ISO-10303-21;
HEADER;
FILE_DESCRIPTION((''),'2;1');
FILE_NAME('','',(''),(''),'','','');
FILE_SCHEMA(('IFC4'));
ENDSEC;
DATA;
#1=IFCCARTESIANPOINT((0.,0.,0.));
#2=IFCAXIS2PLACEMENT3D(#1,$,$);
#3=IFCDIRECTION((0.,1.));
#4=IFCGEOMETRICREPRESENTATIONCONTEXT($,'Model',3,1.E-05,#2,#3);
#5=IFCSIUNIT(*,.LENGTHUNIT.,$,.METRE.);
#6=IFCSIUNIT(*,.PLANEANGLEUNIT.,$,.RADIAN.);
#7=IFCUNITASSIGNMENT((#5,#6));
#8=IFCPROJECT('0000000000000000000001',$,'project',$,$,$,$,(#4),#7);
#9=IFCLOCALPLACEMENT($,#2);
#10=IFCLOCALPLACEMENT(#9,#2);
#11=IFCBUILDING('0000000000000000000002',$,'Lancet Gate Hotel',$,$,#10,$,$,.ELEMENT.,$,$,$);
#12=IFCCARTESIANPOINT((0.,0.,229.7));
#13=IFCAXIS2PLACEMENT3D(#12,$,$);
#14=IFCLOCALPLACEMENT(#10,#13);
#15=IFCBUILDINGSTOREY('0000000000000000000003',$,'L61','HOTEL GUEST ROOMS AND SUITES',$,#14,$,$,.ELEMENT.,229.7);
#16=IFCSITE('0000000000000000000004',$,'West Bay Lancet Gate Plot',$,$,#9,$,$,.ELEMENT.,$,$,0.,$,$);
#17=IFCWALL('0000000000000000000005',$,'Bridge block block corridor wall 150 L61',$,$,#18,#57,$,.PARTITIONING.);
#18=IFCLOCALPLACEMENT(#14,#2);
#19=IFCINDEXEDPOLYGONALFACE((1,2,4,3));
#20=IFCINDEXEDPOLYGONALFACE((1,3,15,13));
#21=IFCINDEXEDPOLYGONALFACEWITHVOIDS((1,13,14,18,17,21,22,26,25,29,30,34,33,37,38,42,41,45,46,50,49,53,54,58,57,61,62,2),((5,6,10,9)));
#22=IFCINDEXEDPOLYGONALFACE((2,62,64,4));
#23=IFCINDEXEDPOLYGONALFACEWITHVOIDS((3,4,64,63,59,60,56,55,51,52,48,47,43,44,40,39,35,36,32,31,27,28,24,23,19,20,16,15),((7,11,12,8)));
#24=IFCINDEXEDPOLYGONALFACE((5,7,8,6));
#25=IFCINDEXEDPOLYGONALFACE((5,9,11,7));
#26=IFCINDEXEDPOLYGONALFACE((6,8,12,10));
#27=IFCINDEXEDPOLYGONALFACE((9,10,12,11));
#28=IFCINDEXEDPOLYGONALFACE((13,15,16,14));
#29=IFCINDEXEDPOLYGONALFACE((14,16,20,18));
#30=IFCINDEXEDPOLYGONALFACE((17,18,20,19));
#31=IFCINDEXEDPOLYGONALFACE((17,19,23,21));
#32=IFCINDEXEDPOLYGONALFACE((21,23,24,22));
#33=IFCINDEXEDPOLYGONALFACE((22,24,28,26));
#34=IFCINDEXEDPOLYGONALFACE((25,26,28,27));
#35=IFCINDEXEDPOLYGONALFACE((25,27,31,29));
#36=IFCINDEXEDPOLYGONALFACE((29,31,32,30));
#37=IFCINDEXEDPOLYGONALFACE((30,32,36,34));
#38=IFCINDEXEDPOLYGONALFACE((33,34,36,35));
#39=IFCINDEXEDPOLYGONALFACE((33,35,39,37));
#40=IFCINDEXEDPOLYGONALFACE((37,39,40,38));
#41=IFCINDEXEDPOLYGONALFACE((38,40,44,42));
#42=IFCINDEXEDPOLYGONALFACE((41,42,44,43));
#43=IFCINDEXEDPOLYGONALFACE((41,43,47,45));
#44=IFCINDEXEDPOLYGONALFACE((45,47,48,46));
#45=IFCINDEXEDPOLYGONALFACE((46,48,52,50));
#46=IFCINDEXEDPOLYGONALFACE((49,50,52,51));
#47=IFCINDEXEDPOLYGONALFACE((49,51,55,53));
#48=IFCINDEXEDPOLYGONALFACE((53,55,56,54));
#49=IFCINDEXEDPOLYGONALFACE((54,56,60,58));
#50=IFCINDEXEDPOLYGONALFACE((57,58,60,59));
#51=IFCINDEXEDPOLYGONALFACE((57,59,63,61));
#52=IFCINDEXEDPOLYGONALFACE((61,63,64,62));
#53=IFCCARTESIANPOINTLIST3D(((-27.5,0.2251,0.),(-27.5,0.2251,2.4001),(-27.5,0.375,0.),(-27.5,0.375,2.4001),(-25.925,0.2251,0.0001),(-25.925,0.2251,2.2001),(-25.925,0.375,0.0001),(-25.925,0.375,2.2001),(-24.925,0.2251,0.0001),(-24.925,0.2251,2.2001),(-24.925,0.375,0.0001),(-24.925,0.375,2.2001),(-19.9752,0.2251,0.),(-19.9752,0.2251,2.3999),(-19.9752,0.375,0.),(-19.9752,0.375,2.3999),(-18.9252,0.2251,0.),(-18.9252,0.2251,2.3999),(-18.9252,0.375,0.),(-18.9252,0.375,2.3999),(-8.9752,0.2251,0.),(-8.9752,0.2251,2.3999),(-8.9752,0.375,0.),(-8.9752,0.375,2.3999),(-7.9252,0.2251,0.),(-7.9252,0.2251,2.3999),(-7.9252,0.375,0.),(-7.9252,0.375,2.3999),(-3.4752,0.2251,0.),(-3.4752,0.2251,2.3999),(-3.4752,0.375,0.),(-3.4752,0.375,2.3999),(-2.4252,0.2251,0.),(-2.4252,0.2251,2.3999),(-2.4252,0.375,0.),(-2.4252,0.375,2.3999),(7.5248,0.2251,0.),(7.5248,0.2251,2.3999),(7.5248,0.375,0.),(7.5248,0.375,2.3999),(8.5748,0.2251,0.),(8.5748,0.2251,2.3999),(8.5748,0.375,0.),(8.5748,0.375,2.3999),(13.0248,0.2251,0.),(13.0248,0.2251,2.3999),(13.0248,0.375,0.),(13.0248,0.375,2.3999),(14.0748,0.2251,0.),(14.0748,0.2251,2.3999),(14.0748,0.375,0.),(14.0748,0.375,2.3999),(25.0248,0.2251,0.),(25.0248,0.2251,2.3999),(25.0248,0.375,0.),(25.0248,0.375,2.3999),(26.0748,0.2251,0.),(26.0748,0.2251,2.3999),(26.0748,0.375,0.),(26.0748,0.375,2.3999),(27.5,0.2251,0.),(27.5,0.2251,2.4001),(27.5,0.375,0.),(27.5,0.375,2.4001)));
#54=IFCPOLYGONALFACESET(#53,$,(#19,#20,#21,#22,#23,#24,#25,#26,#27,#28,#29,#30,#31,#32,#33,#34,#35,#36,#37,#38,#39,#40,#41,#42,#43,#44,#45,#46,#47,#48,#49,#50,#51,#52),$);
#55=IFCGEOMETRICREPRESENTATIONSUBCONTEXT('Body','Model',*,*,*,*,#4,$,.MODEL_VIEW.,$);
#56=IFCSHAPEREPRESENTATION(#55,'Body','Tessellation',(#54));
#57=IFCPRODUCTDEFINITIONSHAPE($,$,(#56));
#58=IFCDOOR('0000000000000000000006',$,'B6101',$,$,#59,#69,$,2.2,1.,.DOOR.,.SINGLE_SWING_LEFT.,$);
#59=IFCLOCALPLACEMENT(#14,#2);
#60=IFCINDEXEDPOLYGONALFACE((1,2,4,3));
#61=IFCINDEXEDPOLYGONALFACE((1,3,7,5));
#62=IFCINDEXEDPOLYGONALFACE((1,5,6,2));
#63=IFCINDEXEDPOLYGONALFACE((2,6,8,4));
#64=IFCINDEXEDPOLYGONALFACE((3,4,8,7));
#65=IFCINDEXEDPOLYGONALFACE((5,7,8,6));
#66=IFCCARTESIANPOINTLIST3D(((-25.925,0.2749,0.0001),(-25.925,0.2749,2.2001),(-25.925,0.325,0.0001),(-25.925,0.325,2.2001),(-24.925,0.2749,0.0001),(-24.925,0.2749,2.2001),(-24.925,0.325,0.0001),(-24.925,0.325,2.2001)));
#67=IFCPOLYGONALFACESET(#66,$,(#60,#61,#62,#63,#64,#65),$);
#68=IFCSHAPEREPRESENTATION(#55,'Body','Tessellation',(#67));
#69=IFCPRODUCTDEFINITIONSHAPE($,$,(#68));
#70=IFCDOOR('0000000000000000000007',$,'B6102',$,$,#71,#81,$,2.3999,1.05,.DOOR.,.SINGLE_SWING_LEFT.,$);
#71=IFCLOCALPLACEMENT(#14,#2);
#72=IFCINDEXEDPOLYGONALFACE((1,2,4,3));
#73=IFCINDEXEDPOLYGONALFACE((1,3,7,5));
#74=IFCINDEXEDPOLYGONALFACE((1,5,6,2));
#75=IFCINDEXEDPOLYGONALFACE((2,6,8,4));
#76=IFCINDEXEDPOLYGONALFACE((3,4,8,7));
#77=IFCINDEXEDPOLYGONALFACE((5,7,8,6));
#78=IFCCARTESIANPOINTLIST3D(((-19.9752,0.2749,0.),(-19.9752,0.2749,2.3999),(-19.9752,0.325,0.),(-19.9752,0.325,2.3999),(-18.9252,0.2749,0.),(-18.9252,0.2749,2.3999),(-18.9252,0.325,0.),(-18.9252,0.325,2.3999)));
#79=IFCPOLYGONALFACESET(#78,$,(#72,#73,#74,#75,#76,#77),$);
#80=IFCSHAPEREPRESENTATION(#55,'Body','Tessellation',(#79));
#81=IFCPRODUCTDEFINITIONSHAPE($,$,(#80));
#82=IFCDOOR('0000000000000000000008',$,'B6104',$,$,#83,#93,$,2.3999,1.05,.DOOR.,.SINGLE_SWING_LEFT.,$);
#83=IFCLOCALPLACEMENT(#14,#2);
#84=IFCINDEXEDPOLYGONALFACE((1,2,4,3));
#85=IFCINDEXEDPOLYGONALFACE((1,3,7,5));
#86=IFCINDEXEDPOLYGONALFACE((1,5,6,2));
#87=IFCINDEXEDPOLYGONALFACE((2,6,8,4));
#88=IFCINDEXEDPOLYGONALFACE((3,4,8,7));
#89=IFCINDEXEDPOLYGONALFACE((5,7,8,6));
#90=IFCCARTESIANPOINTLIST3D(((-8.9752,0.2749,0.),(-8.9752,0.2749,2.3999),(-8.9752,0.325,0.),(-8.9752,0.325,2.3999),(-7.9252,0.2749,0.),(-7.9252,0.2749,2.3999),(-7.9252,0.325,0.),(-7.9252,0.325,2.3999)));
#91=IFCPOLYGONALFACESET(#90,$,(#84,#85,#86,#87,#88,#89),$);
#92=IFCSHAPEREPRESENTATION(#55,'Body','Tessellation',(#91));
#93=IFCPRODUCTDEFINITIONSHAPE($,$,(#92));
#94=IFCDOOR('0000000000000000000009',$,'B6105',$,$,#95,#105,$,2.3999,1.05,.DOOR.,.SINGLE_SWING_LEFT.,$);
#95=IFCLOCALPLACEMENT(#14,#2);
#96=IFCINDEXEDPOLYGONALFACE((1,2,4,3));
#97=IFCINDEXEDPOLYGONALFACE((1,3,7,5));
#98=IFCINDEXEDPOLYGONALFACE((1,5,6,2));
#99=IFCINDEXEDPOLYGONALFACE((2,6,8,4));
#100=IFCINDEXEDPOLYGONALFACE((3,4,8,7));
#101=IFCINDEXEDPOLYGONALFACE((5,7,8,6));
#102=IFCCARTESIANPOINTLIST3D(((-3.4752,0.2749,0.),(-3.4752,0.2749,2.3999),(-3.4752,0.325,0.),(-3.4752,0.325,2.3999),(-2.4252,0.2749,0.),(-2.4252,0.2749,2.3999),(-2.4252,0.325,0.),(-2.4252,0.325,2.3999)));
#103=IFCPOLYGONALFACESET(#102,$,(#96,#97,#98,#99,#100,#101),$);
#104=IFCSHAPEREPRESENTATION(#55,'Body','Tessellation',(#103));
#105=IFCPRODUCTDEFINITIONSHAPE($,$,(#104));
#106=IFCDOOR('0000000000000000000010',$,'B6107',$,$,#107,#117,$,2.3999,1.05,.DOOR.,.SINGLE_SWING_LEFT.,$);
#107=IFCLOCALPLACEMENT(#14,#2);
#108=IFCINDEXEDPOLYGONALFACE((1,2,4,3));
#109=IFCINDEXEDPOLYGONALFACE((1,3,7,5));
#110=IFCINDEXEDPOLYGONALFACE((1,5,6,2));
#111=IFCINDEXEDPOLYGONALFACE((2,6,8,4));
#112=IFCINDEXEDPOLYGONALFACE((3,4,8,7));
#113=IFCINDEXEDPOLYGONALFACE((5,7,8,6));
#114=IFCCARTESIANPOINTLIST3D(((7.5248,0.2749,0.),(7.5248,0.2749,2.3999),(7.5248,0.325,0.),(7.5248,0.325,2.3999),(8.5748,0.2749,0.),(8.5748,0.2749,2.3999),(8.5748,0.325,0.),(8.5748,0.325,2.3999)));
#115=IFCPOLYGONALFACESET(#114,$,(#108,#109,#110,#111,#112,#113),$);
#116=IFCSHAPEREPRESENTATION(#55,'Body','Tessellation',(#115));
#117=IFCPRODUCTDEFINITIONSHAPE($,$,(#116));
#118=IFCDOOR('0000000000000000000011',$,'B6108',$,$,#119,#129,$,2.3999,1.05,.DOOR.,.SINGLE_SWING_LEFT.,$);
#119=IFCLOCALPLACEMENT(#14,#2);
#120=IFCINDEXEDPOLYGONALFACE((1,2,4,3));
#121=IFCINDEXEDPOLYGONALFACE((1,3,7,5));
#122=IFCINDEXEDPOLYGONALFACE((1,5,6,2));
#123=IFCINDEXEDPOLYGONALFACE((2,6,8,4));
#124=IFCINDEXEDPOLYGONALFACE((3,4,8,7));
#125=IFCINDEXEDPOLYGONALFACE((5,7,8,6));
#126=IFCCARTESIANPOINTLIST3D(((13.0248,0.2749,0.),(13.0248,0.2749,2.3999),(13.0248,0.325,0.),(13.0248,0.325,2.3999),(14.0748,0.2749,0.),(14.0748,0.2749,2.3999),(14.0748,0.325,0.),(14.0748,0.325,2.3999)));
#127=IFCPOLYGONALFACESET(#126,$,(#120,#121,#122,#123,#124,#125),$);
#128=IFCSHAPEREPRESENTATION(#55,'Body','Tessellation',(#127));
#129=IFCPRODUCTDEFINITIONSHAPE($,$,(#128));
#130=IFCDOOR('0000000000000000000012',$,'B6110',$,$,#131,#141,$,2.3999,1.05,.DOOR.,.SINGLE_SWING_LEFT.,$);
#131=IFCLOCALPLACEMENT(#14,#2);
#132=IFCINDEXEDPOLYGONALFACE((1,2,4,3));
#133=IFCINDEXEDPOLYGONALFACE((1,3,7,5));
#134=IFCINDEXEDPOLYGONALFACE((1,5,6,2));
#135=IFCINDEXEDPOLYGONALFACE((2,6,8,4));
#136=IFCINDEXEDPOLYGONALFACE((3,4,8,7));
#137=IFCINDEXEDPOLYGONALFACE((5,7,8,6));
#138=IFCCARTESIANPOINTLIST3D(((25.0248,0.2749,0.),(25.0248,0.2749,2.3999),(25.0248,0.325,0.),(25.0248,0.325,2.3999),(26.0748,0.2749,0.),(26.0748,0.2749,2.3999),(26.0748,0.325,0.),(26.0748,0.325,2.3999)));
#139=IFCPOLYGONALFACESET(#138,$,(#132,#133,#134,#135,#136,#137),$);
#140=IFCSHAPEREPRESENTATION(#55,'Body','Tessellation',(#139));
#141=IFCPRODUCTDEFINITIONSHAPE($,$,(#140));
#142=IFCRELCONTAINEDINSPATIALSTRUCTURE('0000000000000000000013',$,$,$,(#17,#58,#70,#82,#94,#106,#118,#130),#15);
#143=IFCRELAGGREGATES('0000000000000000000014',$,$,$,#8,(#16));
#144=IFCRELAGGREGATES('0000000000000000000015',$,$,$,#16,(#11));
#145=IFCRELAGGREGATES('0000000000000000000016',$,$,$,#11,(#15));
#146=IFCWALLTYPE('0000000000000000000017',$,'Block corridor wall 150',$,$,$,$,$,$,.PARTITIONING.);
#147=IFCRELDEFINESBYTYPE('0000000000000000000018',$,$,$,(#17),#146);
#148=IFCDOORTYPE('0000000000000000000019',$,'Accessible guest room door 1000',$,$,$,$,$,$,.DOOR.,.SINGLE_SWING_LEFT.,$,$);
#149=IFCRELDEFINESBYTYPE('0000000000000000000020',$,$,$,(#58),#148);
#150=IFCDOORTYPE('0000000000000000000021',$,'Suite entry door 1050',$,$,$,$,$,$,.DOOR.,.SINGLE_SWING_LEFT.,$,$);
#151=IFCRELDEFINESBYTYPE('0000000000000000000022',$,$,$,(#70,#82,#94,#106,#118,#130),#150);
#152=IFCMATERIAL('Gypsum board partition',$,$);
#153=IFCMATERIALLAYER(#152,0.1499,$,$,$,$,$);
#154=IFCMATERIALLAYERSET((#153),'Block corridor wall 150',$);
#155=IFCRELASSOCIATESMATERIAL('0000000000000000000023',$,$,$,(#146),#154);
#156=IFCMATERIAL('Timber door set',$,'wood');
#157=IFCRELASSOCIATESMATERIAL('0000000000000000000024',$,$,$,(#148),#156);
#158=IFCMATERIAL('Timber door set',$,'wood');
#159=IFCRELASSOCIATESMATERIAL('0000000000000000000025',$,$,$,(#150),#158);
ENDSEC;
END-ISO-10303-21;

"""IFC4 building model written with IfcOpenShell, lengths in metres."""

from ifc_helpers import new_model, si_unit, direction, frame, frame_2d, origin, place, context, subcontext, project, spatial, rectangle, extrude, material, layer, layer_set, type_object, element, fill, save


model = new_model("IFC4")

# Units and contexts
model_context = context("Model", 3, precision=1e-05, world=origin(), true_north=direction((0.0, 1.0)))
body_context = subcontext(model_context, "Body", "Model", "MODEL_VIEW")
ifc_project = project(units=[si_unit("LENGTHUNIT", "METRE"), si_unit("PLANEANGLEUNIT", "RADIAN")], contexts=[model_context])

# Site, building, storey
site_placement = place(None, origin())
site = spatial("IfcSite", under=ifc_project, at=site_placement, Name="West Bay Lancet Gate Plot", CompositionType="ELEMENT", RefElevation=0.0)
building_placement = place(site_placement, origin())
building = spatial("IfcBuilding", under=site, at=building_placement, Name="Lancet Gate Hotel", CompositionType="ELEMENT")
storey_placement = place(building_placement, frame((0.0, 0.0, 229.7)))
storey = spatial("IfcBuildingStorey", under=building, at=storey_placement, Name="L61", Description="HOTEL GUEST ROOMS AND SUITES", CompositionType="ELEMENT", Elevation=229.7)

# Wall, openings, doors
ifc_material_1 = material(Name="Gypsum board partition")
ifc_layer_1 = layer(ifc_material_1, 0.1499)
ifc_layer_set_1 = layer_set([ifc_layer_1], Name="Block corridor wall 150")
wall_type_1 = type_object("IfcWallType", Name="Block corridor wall 150", PredefinedType="PARTITIONING", material=ifc_layer_set_1)
wall_1_placement = place(storey_placement, frame((-27.5, 0.3, 0.0), z_axis=(0.0, 0.0, 1.0), x_axis=(1.0, 0.0, 0.0)))
wall_1 = element("IfcWall", 1, at=wall_1_placement, inside=storey, type_object=wall_type_1, Name="Bridge block block corridor wall 150 L61", PredefinedType="PARTITIONING", context=body_context, shape_type="SweptSolid", body=[
    extrude(rectangle(XDim=55.0, YDim=0.1499, at=frame_2d((27.5, 0.0))), origin(), (0.0, 0.0, 1.0), 2.4001),
])
opening_1_placement = place(wall_1_placement, frame((1.575, 0.0, 0.0)))
opening_1 = element("IfcOpeningElement", 2, at=opening_1_placement, cuts=wall_1, PredefinedType="OPENING", context=body_context, shape_type="SweptSolid", body=[
    extrude(rectangle(XDim=1.0, YDim=2.2, at=frame_2d((0.5, 1.1001))), frame((0.0, 0.085, 0.0), z_axis=(0.0, -1.0, 0.0), x_axis=(1.0, 0.0, 0.0)), (0.0, 0.0, 1.0), 0.1699),
])
opening_2_placement = place(wall_1_placement, frame((7.5249, 0.0, 0.0)))
opening_2 = element("IfcOpeningElement", 3, at=opening_2_placement, cuts=wall_1, PredefinedType="OPENING", context=body_context, shape_type="SweptSolid", body=[
    extrude(rectangle(XDim=1.05, YDim=2.3999, at=frame_2d((0.5249, 1.2))), frame((0.0, 0.085, 0.0), z_axis=(0.0, -1.0, 0.0), x_axis=(1.0, 0.0, 0.0)), (0.0, 0.0, 1.0), 0.1699),
])
opening_3_placement = place(wall_1_placement, frame((18.5249, 0.0, 0.0)))
opening_3 = element("IfcOpeningElement", 4, at=opening_3_placement, cuts=wall_1, PredefinedType="OPENING", context=body_context, shape_type="SweptSolid", body=[
    extrude(rectangle(XDim=1.05, YDim=2.3999, at=frame_2d((0.5249, 1.2))), frame((0.0, 0.085, 0.0), z_axis=(0.0, -1.0, 0.0), x_axis=(1.0, 0.0, 0.0)), (0.0, 0.0, 1.0), 0.1699),
])
opening_4_placement = place(wall_1_placement, frame((24.0249, 0.0, 0.0)))
opening_4 = element("IfcOpeningElement", 5, at=opening_4_placement, cuts=wall_1, PredefinedType="OPENING", context=body_context, shape_type="SweptSolid", body=[
    extrude(rectangle(XDim=1.05, YDim=2.3999, at=frame_2d((0.5249, 1.2))), frame((0.0, 0.085, 0.0), z_axis=(0.0, -1.0, 0.0), x_axis=(1.0, 0.0, 0.0)), (0.0, 0.0, 1.0), 0.1699),
])
opening_5_placement = place(wall_1_placement, frame((35.0249, 0.0, 0.0)))
opening_5 = element("IfcOpeningElement", 6, at=opening_5_placement, cuts=wall_1, PredefinedType="OPENING", context=body_context, shape_type="SweptSolid", body=[
    extrude(rectangle(XDim=1.05, YDim=2.3999, at=frame_2d((0.5249, 1.2))), frame((0.0, 0.085, 0.0), z_axis=(0.0, -1.0, 0.0), x_axis=(1.0, 0.0, 0.0)), (0.0, 0.0, 1.0), 0.1699),
])
opening_6_placement = place(wall_1_placement, frame((40.5249, 0.0, 0.0)))
opening_6 = element("IfcOpeningElement", 7, at=opening_6_placement, cuts=wall_1, PredefinedType="OPENING", context=body_context, shape_type="SweptSolid", body=[
    extrude(rectangle(XDim=1.05, YDim=2.3999, at=frame_2d((0.5249, 1.2))), frame((0.0, 0.085, 0.0), z_axis=(0.0, -1.0, 0.0), x_axis=(1.0, 0.0, 0.0)), (0.0, 0.0, 1.0), 0.1699),
])
opening_7_placement = place(wall_1_placement, frame((52.5249, 0.0, 0.0)))
opening_7 = element("IfcOpeningElement", 8, at=opening_7_placement, cuts=wall_1, PredefinedType="OPENING", context=body_context, shape_type="SweptSolid", body=[
    extrude(rectangle(XDim=1.05, YDim=2.3999, at=frame_2d((0.5249, 1.2))), frame((0.0, 0.085, 0.0), z_axis=(0.0, -1.0, 0.0), x_axis=(1.0, 0.0, 0.0)), (0.0, 0.0, 1.0), 0.1699),
])
ifc_material_2 = material(Name="Timber door set", Category="wood")
door_type_1 = type_object("IfcDoorType", Name="Accessible guest room door 1000", OperationType="SINGLE_SWING_LEFT", PredefinedType="DOOR", material=ifc_material_2)
door_1_placement = place(opening_1_placement, origin())
door_1 = element("IfcDoor", 9, at=door_1_placement, inside=storey, type_object=door_type_1, Name="B6101", OperationType="SINGLE_SWING_LEFT", OverallHeight=2.2, OverallWidth=1.0, PredefinedType="DOOR", context=body_context, shape_type="SweptSolid", body=[
    extrude(rectangle(XDim=1.0, YDim=2.2, at=frame_2d((0.5, 1.1001))), frame((0.0, 0.0249, 0.0), z_axis=(0.0, -1.0, 0.0), x_axis=(1.0, 0.0, 0.0)), (0.0, 0.0, 1.0), 0.05),
])
fill(opening_1, door_1)
ifc_material_3 = material(Name="Timber door set", Category="wood")
door_type_2 = type_object("IfcDoorType", Name="Suite entry door 1050", OperationType="SINGLE_SWING_LEFT", PredefinedType="DOOR", material=ifc_material_3)
door_2_placement = place(opening_2_placement, origin())
door_2 = element("IfcDoor", 10, at=door_2_placement, inside=storey, type_object=door_type_2, Name="B6102", OperationType="SINGLE_SWING_LEFT", OverallHeight=2.3999, OverallWidth=1.05, PredefinedType="DOOR", context=body_context, shape_type="SweptSolid", body=[
    extrude(rectangle(XDim=1.05, YDim=2.3999, at=frame_2d((0.5249, 1.2))), frame((0.0, 0.0249, 0.0), z_axis=(0.0, -1.0, 0.0), x_axis=(1.0, 0.0, 0.0)), (0.0, 0.0, 1.0), 0.05),
])
fill(opening_2, door_2)
door_3_placement = place(opening_3_placement, origin())
door_3 = element("IfcDoor", 11, at=door_3_placement, inside=storey, type_object=door_type_2, Name="B6104", OperationType="SINGLE_SWING_LEFT", OverallHeight=2.3999, OverallWidth=1.05, PredefinedType="DOOR", context=body_context, shape_type="SweptSolid", body=[
    extrude(rectangle(XDim=1.05, YDim=2.3999, at=frame_2d((0.5249, 1.2))), frame((0.0, 0.0249, 0.0), z_axis=(0.0, -1.0, 0.0), x_axis=(1.0, 0.0, 0.0)), (0.0, 0.0, 1.0), 0.05),
])
fill(opening_3, door_3)
door_4_placement = place(opening_4_placement, origin())
door_4 = element("IfcDoor", 12, at=door_4_placement, inside=storey, type_object=door_type_2, Name="B6105", OperationType="SINGLE_SWING_LEFT", OverallHeight=2.3999, OverallWidth=1.05, PredefinedType="DOOR", context=body_context, shape_type="SweptSolid", body=[
    extrude(rectangle(XDim=1.05, YDim=2.3999, at=frame_2d((0.5249, 1.2))), frame((0.0, 0.0249, 0.0), z_axis=(0.0, -1.0, 0.0), x_axis=(1.0, 0.0, 0.0)), (0.0, 0.0, 1.0), 0.05),
])
fill(opening_4, door_4)
door_5_placement = place(opening_5_placement, origin())
door_5 = element("IfcDoor", 13, at=door_5_placement, inside=storey, type_object=door_type_2, Name="B6107", OperationType="SINGLE_SWING_LEFT", OverallHeight=2.3999, OverallWidth=1.05, PredefinedType="DOOR", context=body_context, shape_type="SweptSolid", body=[
    extrude(rectangle(XDim=1.05, YDim=2.3999, at=frame_2d((0.5249, 1.2))), frame((0.0, 0.0249, 0.0), z_axis=(0.0, -1.0, 0.0), x_axis=(1.0, 0.0, 0.0)), (0.0, 0.0, 1.0), 0.05),
])
fill(opening_5, door_5)
door_6_placement = place(opening_6_placement, origin())
door_6 = element("IfcDoor", 14, at=door_6_placement, inside=storey, type_object=door_type_2, Name="B6108", OperationType="SINGLE_SWING_LEFT", OverallHeight=2.3999, OverallWidth=1.05, PredefinedType="DOOR", context=body_context, shape_type="SweptSolid", body=[
    extrude(rectangle(XDim=1.05, YDim=2.3999, at=frame_2d((0.5249, 1.2))), frame((0.0, 0.0249, 0.0), z_axis=(0.0, -1.0, 0.0), x_axis=(1.0, 0.0, 0.0)), (0.0, 0.0, 1.0), 0.05),
])
fill(opening_6, door_6)
door_7_placement = place(opening_7_placement, origin())
door_7 = element("IfcDoor", 15, at=door_7_placement, inside=storey, type_object=door_type_2, Name="B6110", OperationType="SINGLE_SWING_LEFT", OverallHeight=2.3999, OverallWidth=1.05, PredefinedType="DOOR", context=body_context, shape_type="SweptSolid", body=[
    extrude(rectangle(XDim=1.05, YDim=2.3999, at=frame_2d((0.5249, 1.2))), frame((0.0, 0.0249, 0.0), z_axis=(0.0, -1.0, 0.0), x_axis=(1.0, 0.0, 0.0)), (0.0, 0.0, 1.0), 0.05),
])
fill(opening_7, door_7)

save(model, "model.ifc")
